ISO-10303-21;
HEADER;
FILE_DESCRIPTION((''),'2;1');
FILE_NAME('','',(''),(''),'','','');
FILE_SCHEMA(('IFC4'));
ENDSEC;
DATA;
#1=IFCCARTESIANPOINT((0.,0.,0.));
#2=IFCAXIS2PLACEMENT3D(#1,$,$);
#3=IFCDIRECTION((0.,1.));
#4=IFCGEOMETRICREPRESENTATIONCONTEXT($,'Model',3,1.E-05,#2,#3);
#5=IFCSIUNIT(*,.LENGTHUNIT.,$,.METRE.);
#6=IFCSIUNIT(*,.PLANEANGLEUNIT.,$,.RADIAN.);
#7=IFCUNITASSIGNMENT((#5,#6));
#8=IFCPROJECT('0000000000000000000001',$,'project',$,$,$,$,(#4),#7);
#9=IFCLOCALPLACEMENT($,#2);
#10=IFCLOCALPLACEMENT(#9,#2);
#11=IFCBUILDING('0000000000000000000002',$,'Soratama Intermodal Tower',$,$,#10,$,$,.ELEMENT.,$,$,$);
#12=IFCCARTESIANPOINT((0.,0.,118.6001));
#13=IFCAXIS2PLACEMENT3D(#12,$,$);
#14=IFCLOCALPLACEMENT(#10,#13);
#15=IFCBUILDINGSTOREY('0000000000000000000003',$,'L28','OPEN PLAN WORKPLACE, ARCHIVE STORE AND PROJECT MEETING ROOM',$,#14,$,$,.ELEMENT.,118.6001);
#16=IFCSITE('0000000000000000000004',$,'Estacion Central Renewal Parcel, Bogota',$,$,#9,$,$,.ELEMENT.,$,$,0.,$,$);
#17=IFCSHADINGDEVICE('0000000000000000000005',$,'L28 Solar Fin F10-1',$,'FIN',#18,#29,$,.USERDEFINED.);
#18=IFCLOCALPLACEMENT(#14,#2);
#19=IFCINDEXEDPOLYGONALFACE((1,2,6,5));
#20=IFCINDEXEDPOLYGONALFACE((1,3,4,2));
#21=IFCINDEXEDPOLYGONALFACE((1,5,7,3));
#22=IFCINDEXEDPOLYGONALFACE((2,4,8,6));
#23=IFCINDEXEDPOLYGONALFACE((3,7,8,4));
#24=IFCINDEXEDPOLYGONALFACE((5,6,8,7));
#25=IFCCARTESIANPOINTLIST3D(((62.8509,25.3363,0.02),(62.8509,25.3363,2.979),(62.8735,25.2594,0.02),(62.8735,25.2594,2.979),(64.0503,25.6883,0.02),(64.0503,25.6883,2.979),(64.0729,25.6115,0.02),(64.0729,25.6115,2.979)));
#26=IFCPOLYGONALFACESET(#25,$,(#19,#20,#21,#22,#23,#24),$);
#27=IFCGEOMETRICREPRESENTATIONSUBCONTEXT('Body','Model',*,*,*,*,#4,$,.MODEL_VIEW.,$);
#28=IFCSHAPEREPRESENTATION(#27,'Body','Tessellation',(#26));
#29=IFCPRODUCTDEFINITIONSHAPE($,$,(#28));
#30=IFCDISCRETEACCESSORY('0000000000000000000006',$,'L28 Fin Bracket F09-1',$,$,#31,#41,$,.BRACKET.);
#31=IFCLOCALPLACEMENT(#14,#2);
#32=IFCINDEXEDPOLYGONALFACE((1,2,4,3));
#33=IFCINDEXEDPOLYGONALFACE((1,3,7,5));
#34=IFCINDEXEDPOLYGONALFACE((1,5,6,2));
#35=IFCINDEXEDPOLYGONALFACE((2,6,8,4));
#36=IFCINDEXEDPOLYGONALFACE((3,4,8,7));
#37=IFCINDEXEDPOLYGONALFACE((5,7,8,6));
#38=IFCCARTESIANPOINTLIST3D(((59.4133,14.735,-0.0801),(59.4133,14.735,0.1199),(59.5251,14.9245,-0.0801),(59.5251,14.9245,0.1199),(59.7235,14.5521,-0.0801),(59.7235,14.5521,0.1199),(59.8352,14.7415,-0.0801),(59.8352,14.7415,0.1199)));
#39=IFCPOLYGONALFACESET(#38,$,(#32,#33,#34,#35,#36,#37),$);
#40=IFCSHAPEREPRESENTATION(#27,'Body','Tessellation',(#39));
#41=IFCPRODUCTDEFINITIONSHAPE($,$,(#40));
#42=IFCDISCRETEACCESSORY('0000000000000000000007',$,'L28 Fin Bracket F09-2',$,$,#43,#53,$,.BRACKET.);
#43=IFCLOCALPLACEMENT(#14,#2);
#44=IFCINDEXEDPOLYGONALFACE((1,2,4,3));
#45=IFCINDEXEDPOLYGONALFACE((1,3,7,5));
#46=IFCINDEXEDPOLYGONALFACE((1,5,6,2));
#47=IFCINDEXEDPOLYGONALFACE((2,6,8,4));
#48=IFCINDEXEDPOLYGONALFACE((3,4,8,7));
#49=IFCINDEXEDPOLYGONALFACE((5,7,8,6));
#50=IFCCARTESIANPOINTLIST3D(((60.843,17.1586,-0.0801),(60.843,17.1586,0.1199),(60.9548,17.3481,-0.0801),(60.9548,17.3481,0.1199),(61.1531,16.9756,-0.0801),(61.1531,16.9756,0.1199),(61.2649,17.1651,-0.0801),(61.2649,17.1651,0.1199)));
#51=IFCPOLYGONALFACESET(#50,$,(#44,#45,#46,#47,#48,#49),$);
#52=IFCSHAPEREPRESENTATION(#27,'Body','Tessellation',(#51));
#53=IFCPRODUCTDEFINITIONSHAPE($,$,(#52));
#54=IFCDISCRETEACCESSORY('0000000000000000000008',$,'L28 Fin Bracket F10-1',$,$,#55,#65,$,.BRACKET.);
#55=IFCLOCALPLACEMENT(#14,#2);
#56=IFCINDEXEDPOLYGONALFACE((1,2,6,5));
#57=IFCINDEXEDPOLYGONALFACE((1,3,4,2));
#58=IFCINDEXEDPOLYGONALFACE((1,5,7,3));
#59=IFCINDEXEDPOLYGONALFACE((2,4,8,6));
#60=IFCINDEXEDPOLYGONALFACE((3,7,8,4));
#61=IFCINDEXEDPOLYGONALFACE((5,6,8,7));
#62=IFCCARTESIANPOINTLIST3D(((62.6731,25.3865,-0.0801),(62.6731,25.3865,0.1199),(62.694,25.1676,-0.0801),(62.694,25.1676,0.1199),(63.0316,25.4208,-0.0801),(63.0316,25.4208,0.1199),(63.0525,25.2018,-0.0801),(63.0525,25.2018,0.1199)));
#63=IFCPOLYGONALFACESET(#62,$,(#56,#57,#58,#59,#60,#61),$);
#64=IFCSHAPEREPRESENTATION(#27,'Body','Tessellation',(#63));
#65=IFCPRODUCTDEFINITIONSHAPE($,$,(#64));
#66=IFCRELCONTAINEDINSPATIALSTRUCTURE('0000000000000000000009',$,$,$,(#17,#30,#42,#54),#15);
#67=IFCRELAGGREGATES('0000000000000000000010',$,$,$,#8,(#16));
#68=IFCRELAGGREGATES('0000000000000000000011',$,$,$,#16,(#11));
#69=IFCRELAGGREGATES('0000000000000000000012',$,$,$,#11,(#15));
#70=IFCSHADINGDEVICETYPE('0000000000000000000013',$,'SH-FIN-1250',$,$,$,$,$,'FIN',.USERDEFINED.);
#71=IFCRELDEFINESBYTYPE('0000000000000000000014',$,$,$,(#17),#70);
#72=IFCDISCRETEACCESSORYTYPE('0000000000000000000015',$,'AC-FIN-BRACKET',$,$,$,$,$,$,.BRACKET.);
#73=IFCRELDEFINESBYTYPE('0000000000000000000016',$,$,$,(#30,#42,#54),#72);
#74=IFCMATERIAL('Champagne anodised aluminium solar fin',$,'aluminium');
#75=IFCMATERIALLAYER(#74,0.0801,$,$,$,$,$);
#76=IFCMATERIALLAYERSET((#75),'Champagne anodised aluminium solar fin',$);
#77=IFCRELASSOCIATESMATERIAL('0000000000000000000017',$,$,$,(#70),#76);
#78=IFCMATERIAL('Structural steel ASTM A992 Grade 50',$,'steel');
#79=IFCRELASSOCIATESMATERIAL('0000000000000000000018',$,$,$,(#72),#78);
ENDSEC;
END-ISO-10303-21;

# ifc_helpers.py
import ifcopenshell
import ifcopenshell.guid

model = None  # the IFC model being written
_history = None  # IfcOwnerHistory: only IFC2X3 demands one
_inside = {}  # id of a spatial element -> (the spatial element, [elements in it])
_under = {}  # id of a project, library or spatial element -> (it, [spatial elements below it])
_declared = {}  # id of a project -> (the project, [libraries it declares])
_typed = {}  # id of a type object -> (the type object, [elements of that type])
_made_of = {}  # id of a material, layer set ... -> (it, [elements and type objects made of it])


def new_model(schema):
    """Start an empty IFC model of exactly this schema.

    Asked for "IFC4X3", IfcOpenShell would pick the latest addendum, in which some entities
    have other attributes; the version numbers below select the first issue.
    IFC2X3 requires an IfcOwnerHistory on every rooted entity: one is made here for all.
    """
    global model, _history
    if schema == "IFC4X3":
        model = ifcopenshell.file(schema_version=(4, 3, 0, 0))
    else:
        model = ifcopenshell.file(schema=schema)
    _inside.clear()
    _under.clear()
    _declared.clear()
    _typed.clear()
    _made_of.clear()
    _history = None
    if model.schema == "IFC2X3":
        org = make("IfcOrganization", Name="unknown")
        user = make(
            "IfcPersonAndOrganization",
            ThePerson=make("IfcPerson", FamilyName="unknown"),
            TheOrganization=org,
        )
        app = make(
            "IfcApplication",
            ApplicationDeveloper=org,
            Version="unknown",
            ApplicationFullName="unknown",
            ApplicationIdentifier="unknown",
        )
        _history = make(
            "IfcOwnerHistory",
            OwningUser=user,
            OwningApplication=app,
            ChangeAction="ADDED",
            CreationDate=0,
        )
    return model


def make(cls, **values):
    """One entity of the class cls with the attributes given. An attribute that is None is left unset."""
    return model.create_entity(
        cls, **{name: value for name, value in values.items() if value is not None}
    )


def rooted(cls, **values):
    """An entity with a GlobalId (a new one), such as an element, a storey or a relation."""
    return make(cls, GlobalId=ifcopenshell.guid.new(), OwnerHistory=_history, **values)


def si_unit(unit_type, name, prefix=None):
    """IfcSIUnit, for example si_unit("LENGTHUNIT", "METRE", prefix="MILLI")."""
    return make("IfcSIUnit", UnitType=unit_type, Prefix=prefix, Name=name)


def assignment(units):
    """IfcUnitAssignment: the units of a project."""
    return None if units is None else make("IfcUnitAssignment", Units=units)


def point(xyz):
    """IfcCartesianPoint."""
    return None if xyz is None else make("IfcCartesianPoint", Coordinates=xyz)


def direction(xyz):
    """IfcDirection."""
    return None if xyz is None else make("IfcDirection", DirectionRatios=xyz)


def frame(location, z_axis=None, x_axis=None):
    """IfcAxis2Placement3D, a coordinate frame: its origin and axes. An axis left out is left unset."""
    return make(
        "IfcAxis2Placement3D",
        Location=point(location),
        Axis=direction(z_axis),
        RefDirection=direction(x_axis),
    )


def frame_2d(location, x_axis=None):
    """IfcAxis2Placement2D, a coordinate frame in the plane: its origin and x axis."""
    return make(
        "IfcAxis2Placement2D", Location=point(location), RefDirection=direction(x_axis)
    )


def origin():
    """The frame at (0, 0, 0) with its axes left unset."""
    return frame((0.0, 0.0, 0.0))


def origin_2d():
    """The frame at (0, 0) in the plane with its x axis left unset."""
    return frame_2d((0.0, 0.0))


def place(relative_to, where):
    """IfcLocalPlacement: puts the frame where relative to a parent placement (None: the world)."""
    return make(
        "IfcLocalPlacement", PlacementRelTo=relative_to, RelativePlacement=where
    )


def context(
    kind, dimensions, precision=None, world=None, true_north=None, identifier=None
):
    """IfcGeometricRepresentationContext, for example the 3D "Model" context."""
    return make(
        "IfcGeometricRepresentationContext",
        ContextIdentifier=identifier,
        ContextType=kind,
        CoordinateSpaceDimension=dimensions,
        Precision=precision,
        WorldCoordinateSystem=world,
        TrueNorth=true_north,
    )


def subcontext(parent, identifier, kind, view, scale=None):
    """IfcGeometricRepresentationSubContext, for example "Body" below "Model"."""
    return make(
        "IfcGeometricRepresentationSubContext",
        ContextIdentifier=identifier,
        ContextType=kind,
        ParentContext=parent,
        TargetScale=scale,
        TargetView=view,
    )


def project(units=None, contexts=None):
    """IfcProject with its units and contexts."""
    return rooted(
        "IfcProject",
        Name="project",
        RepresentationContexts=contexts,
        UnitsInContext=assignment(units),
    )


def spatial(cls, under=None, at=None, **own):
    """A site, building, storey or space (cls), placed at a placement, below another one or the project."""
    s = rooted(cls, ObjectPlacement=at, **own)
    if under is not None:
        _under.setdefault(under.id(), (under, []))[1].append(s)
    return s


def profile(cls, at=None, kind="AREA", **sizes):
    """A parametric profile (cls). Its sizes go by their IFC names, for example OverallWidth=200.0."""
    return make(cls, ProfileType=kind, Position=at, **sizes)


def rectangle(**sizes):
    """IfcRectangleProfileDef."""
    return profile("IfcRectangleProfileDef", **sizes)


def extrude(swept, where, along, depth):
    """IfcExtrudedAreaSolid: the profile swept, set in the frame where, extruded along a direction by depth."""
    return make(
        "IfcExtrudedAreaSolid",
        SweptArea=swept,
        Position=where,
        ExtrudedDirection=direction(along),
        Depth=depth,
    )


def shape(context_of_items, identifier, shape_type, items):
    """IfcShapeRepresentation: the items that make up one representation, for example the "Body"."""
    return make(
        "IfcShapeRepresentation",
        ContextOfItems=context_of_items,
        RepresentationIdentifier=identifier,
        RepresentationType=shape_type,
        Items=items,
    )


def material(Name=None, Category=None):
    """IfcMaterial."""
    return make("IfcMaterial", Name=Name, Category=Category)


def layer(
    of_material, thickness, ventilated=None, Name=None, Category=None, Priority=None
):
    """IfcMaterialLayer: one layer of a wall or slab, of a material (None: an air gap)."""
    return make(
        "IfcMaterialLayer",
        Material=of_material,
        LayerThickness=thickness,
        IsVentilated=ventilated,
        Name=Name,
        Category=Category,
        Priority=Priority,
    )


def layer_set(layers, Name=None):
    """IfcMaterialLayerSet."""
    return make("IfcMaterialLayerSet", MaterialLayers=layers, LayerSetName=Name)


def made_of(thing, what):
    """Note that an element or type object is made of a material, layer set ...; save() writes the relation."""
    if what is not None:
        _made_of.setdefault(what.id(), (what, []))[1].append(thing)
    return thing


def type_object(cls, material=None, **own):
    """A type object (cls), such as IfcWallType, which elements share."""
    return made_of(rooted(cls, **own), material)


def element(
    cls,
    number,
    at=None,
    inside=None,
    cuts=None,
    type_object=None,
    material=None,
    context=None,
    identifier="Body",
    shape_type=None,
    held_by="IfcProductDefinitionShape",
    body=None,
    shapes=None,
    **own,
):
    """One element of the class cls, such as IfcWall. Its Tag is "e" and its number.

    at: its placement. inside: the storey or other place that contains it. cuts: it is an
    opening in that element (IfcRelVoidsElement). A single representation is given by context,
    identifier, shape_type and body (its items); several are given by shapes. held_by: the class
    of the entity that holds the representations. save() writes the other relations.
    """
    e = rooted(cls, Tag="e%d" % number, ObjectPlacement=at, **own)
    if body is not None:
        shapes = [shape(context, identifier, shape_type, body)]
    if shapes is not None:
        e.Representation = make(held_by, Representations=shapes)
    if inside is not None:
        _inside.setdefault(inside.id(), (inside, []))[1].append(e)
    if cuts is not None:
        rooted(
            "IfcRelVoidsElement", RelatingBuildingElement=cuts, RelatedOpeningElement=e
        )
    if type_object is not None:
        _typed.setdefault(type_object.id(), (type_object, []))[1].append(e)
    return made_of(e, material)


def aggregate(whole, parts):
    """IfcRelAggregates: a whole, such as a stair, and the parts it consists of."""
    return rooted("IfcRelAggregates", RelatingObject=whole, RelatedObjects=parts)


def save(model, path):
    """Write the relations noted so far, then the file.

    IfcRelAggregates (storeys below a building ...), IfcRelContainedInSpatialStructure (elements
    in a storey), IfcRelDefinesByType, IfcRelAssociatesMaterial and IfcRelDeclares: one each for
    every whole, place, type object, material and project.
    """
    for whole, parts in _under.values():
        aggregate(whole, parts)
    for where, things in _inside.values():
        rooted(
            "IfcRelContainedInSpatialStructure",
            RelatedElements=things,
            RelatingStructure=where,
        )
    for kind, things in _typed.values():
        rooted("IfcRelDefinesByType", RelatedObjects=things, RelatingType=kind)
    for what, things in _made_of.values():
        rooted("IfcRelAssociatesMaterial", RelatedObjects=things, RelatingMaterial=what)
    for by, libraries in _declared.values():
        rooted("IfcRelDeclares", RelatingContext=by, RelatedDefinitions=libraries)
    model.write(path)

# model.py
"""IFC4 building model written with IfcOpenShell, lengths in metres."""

from ifc_helpers import new_model, si_unit, direction, frame, origin, origin_2d, place, context, subcontext, project, spatial, rectangle, extrude, material, layer, layer_set, type_object, element, save


model = new_model("IFC4")

# Units and contexts
model_context = context("Model", 3, precision=1e-05, world=origin(), true_north=direction((0.0, 1.0)))
body_context = subcontext(model_context, "Body", "Model", "MODEL_VIEW")
ifc_project = project(units=[si_unit("LENGTHUNIT", "METRE"), si_unit("PLANEANGLEUNIT", "RADIAN")], contexts=[model_context])

# Site, building, storey
site_placement = place(None, origin())
site = spatial("IfcSite", under=ifc_project, at=site_placement, Name="Estacion Central Renewal Parcel, Bogota", CompositionType="ELEMENT", RefElevation=0.0)
building_placement = place(site_placement, origin())
building = spatial("IfcBuilding", under=site, at=building_placement, Name="Soratama Intermodal Tower", CompositionType="ELEMENT")
storey_placement = place(building_placement, frame((0.0, 0.0, 118.6001)))
storey = spatial("IfcBuildingStorey", under=building, at=storey_placement, Name="L28", Description="OPEN PLAN WORKPLACE, ARCHIVE STORE AND PROJECT MEETING ROOM", CompositionType="ELEMENT", Elevation=118.6001)

# Shading device
ifc_material_1 = material(Name="Champagne anodised aluminium solar fin", Category="aluminium")
ifc_layer_1 = layer(ifc_material_1, 0.0801)
ifc_layer_set_1 = layer_set([ifc_layer_1], Name="Champagne anodised aluminium solar fin")
shading_device_type = type_object("IfcShadingDeviceType", Name="SH-FIN-1250", ElementType="FIN", PredefinedType="USERDEFINED", material=ifc_layer_set_1)
for number, where, z_axis, x_axis, name in (
    (1, (63.4619, 25.4739, 0.02), (0.0, 0.0, 1.0), (0.959511, 0.281672, 0.0), "L28 Solar Fin F10-1"),
):
    element("IfcShadingDevice", number, at=place(storey_placement, frame(where, z_axis=z_axis, x_axis=x_axis)), inside=storey, type_object=shading_device_type, Name=name, ObjectType="FIN", PredefinedType="USERDEFINED", context=body_context, shape_type="SweptSolid", body=[
        extrude(rectangle(XDim=1.25, YDim=0.0801, at=origin_2d()), origin(), (0.0, 0.0, 1.0), 2.959),
    ])

# Discrete accessories
ifc_material_2 = material(Name="Structural steel ASTM A992 Grade 50", Category="steel")
discrete_accessory_type = type_object("IfcDiscreteAccessoryType", Name="AC-FIN-BRACKET", PredefinedType="BRACKET", material=ifc_material_2)
for number, where, z_axis, x_axis, name in (
    (2, (59.6243, 14.7383, -0.0801), (0.0, 0.0, 1.0), (0.861275, -0.50814, 0.0), "L28 Fin Bracket F09-1"),
    (3, (61.054, 17.1619, -0.0801), (0.0, 0.0, 1.0), (0.861275, -0.50814, 0.0), "L28 Fin Bracket F09-2"),
    (4, (62.8628, 25.2942, -0.0801), (0.0, 0.0, 1.0), (0.995463, 0.095151, 0.0), "L28 Fin Bracket F10-1"),
):
    element("IfcDiscreteAccessory", number, at=place(storey_placement, frame(where, z_axis=z_axis, x_axis=x_axis)), inside=storey, type_object=discrete_accessory_type, Name=name, PredefinedType="BRACKET", context=body_context, shape_type="SweptSolid", body=[
        extrude(rectangle(XDim=0.3601, YDim=0.22, at=origin_2d()), origin(), (0.0, 0.0, 1.0), 0.2),
    ])

save(model, "model.ifc")
